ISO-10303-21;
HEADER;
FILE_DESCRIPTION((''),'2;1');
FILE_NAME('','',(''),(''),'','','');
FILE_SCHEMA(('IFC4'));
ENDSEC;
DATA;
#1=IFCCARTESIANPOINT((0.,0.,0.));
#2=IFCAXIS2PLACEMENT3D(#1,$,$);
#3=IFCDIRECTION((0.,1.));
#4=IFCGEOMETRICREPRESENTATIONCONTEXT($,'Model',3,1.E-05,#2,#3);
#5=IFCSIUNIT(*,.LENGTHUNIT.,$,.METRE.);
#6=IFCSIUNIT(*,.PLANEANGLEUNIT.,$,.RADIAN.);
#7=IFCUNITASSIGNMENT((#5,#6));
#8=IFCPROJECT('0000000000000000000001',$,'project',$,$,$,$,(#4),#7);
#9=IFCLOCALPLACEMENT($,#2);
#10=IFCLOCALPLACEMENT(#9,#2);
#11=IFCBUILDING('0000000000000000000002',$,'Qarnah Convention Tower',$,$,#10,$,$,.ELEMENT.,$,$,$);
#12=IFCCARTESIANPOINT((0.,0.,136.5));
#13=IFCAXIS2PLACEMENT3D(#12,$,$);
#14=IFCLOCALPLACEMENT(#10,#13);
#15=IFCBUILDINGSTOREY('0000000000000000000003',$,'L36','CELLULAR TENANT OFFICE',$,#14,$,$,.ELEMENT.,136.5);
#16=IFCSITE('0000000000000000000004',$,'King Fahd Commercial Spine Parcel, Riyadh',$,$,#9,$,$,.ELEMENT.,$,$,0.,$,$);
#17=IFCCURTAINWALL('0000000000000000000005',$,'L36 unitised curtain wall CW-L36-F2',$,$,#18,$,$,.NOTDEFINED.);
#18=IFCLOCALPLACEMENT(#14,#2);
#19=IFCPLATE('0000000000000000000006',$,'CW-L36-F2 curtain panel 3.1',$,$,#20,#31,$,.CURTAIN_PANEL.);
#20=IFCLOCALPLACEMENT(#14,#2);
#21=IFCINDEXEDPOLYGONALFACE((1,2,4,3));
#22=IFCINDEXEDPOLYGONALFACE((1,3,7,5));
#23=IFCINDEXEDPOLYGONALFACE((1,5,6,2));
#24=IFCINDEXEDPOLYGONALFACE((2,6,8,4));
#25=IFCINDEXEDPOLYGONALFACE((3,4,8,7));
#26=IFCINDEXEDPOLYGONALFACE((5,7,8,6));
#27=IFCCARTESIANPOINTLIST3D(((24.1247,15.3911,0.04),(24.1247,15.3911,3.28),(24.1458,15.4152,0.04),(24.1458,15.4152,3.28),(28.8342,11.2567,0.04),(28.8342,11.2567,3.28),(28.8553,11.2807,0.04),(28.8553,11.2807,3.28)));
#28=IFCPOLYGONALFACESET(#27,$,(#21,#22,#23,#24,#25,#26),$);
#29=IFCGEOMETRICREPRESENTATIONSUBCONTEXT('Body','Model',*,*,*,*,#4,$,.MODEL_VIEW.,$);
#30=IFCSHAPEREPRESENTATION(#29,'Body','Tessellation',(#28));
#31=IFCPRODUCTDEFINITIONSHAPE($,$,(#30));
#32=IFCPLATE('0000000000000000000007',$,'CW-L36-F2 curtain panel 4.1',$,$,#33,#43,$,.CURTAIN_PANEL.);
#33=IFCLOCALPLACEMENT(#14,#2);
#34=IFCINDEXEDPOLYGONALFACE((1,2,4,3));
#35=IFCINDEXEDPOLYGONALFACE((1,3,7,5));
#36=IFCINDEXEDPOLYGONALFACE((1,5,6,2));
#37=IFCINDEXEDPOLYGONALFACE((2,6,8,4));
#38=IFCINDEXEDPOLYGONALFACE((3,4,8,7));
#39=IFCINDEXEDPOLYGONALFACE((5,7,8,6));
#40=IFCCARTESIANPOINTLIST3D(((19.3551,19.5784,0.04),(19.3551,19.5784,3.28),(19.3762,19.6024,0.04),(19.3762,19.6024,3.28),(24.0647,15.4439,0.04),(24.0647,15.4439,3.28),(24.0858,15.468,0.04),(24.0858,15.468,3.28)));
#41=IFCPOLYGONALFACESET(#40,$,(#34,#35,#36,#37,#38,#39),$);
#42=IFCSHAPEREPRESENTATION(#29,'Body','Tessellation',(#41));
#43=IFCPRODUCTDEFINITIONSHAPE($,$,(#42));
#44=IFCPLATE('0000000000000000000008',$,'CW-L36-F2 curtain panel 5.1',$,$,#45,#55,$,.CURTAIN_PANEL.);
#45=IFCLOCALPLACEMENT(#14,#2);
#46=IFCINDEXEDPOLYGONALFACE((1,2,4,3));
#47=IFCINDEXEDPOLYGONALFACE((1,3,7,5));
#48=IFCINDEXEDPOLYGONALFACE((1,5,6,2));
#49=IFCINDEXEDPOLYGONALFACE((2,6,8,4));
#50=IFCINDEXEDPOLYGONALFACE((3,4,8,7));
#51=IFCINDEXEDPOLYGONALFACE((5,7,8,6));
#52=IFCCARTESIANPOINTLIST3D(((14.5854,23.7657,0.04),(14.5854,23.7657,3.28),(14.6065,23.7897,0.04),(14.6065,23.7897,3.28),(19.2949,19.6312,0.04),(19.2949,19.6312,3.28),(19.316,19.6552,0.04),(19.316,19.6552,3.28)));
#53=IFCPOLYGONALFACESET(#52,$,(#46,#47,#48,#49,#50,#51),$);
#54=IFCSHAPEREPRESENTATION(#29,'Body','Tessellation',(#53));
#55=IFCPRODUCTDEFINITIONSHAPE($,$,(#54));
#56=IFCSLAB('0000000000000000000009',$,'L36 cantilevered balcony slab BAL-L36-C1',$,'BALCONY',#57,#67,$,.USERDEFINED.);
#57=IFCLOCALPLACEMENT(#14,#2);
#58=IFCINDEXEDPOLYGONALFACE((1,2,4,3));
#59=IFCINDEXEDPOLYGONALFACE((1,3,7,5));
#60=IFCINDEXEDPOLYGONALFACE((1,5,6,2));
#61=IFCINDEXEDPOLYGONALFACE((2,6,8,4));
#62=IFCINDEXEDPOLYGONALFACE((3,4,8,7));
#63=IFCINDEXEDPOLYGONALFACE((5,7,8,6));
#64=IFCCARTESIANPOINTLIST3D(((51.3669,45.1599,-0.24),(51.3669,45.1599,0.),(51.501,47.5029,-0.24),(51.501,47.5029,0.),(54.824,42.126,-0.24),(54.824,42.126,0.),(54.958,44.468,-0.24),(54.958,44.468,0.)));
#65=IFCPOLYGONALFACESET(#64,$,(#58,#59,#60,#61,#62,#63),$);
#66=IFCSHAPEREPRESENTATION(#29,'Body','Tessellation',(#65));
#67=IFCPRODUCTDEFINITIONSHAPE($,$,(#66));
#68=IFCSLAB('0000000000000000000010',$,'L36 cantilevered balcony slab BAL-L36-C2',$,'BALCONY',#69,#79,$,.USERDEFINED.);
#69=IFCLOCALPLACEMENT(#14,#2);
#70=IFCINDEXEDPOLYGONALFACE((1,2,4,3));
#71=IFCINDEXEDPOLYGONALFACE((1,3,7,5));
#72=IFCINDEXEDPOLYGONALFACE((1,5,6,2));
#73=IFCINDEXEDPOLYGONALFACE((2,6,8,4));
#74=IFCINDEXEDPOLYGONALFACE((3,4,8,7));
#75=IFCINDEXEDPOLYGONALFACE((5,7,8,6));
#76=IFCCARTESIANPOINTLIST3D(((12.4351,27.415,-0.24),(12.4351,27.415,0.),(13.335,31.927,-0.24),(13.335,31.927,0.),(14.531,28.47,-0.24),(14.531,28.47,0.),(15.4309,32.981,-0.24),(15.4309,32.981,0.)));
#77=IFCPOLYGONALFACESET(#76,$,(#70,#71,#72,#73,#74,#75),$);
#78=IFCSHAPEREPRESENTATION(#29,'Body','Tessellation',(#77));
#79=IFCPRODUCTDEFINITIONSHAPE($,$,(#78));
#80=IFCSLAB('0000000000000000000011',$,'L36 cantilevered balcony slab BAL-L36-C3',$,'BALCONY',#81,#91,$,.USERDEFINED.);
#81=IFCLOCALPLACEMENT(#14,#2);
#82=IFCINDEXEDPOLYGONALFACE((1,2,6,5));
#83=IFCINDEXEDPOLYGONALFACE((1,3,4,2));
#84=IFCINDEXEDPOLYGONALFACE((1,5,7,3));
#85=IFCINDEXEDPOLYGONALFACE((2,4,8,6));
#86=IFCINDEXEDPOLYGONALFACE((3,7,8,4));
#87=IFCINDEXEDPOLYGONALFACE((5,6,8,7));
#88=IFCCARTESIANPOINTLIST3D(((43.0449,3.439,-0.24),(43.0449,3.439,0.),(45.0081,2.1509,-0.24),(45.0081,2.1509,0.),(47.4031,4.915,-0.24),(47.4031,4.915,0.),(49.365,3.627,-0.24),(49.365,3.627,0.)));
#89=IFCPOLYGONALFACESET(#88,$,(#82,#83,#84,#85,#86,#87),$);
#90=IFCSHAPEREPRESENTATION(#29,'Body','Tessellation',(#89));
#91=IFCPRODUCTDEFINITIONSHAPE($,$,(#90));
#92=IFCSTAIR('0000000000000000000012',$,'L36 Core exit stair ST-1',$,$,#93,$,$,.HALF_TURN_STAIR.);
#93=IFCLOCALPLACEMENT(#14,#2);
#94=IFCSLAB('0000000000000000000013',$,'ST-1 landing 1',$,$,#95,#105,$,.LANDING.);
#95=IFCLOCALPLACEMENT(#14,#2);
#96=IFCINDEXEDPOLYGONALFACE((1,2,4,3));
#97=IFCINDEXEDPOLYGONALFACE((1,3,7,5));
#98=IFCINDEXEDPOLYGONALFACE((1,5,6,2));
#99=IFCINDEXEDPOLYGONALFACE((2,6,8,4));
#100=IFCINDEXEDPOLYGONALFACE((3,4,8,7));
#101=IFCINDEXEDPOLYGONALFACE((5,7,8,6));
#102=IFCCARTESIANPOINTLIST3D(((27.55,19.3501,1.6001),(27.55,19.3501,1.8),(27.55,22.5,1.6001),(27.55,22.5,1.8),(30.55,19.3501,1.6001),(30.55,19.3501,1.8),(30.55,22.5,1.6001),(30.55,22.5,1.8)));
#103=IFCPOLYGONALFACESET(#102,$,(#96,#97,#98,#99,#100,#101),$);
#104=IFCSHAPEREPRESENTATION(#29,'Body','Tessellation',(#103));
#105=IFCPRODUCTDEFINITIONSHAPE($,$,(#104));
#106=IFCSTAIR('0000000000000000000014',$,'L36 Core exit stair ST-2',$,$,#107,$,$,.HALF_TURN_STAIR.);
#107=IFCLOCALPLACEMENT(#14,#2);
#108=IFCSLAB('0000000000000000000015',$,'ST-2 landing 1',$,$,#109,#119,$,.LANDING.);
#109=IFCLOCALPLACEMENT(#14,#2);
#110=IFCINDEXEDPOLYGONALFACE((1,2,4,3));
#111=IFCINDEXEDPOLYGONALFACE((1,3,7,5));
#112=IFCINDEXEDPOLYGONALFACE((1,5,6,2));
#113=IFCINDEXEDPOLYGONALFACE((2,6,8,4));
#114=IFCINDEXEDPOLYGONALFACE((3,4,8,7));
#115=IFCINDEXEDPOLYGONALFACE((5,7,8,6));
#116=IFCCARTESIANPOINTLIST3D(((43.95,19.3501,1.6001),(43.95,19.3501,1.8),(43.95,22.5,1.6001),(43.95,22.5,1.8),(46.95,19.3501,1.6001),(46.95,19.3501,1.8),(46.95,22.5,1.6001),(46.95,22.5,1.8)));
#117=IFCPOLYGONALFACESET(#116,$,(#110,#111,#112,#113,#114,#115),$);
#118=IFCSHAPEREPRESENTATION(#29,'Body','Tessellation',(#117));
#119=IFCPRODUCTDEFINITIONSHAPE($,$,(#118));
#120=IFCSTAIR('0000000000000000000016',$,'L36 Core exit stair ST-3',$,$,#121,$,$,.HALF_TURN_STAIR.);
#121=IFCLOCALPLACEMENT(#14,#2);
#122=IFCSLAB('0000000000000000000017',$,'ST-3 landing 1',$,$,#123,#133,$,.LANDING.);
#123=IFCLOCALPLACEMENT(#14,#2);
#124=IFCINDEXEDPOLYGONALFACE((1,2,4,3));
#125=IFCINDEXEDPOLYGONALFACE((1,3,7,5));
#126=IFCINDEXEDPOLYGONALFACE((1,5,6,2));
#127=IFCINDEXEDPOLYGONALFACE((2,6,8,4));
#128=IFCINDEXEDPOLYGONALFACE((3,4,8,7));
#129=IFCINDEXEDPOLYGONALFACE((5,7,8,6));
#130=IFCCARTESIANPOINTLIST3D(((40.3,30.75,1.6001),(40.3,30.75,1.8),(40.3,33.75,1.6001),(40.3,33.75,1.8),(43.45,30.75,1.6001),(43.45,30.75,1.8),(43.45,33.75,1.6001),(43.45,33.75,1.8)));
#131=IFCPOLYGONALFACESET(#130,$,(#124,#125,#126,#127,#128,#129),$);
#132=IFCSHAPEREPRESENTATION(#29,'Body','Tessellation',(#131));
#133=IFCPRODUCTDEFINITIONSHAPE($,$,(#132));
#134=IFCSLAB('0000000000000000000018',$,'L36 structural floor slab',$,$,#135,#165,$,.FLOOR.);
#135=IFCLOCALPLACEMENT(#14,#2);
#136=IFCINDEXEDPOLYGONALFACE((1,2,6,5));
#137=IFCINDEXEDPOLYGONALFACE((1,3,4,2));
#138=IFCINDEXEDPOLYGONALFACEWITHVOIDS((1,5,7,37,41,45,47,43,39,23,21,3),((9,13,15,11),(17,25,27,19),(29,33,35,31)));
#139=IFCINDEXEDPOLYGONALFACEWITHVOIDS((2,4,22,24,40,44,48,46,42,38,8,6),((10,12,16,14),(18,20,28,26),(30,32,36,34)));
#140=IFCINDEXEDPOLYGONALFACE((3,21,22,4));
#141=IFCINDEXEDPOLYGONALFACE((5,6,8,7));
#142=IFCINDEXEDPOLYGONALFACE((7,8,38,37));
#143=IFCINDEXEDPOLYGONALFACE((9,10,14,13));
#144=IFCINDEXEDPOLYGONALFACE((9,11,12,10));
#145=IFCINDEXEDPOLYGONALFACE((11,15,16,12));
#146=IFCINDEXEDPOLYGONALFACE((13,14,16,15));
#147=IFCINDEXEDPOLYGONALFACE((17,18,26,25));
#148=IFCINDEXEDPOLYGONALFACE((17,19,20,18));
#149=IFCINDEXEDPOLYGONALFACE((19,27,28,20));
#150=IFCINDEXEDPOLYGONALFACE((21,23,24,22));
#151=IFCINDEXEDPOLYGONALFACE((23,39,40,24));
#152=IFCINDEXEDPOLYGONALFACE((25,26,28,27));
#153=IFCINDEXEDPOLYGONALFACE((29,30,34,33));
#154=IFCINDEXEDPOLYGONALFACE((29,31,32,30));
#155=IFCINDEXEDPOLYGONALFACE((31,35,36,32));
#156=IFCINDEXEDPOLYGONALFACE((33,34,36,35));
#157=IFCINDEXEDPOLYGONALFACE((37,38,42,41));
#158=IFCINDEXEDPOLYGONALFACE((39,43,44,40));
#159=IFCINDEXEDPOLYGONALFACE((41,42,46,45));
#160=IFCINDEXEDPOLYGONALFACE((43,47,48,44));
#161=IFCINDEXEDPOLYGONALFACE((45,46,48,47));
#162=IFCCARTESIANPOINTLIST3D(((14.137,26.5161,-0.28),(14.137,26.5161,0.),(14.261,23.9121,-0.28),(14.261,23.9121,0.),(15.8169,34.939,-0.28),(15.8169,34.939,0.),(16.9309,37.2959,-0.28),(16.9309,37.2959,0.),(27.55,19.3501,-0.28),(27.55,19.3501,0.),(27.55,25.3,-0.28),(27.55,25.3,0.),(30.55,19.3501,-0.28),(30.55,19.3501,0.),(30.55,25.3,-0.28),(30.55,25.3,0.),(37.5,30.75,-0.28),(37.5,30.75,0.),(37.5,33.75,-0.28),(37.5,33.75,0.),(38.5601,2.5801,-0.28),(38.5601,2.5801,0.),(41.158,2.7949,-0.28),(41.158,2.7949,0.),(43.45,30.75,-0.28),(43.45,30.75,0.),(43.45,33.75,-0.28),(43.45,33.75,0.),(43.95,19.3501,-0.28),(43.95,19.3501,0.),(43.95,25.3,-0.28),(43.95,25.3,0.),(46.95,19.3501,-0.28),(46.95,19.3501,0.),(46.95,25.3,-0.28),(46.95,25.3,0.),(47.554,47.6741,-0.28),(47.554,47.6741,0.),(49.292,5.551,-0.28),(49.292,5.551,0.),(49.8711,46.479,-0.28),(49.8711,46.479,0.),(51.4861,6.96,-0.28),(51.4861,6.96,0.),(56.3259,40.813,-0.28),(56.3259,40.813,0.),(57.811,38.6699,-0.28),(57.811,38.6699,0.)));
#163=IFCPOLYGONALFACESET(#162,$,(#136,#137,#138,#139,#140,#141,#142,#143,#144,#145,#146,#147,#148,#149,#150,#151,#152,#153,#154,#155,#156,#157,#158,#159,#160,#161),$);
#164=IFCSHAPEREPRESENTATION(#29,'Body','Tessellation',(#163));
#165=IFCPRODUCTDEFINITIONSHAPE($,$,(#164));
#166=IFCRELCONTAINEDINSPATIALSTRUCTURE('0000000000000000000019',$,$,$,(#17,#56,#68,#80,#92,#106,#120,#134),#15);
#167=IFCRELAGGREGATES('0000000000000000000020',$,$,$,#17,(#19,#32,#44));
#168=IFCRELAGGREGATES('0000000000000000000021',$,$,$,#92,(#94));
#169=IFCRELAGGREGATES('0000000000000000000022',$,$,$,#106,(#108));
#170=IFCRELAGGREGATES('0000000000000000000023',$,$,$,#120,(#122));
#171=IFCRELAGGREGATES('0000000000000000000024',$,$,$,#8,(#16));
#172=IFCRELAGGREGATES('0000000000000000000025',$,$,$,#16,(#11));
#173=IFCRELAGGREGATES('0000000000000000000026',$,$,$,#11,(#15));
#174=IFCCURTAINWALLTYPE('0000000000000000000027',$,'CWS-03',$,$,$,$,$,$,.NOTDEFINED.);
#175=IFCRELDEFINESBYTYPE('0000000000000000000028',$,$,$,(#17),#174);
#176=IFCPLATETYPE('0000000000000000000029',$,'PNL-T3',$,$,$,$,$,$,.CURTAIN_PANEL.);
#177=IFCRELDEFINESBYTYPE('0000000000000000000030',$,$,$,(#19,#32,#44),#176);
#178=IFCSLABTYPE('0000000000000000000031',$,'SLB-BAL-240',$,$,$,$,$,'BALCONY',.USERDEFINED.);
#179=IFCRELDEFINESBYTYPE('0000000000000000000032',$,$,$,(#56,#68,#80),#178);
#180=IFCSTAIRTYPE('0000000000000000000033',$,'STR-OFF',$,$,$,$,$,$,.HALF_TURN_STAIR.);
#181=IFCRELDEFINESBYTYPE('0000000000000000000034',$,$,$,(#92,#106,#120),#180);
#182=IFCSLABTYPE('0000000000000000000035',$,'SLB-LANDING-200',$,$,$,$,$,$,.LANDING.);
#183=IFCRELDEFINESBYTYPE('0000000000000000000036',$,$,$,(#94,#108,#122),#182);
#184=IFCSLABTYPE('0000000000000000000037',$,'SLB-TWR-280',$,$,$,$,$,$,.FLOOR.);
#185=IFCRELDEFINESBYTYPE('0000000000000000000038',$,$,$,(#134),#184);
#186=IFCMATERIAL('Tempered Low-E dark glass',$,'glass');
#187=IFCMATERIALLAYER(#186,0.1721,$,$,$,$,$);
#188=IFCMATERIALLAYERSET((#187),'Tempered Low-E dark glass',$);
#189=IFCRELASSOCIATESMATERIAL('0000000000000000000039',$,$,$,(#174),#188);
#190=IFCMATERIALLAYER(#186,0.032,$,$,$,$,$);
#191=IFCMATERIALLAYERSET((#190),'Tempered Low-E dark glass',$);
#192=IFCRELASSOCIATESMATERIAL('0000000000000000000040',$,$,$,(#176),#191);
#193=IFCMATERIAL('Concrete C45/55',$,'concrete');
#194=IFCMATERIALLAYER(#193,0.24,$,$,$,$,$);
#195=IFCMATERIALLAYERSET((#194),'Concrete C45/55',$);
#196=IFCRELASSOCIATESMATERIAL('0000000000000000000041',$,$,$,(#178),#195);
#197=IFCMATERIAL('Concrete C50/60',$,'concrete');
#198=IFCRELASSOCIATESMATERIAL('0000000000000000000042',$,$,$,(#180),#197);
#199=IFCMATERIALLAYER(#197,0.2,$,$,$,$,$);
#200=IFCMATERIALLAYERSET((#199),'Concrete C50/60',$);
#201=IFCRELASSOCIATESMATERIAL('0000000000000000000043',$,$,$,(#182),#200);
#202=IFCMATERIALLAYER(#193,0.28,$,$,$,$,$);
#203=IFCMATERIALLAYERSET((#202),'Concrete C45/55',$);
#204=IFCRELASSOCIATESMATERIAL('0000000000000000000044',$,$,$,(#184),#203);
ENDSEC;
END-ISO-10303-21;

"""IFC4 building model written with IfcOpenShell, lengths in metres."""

from ifc_helpers import new_model, si_unit, direction, frame, origin, origin_2d, place, context, subcontext, project, spatial, polyline, rectangle, outline, extrude, material, layer, layer_set, type_object, element, aggregate, save


model = new_model("IFC4")

# Units and contexts
model_context = context("Model", 3, precision=1e-05, world=origin(), true_north=direction((0.0, 1.0)))
body_context = subcontext(model_context, "Body", "Model", "MODEL_VIEW")
ifc_project = project(units=[si_unit("LENGTHUNIT", "METRE"), si_unit("PLANEANGLEUNIT", "RADIAN")], contexts=[model_context])

# Site, building, storey
site_placement = place(None, origin())
site = spatial("IfcSite", under=ifc_project, at=site_placement, Name="King Fahd Commercial Spine Parcel, Riyadh", CompositionType="ELEMENT", RefElevation=0.0)
building_placement = place(site_placement, origin())
building = spatial("IfcBuilding", under=site, at=building_placement, Name="Qarnah Convention Tower", CompositionType="ELEMENT")
storey_placement = place(building_placement, frame((0.0, 0.0, 136.5)))
storey = spatial("IfcBuildingStorey", under=building, at=storey_placement, Name="L36", Description="CELLULAR TENANT OFFICE", CompositionType="ELEMENT", Elevation=136.5)

# Curtain wall, plates
ifc_material_1 = material(Name="Tempered Low-E dark glass", Category="glass")
ifc_layer_1 = layer(ifc_material_1, 0.1721)
ifc_layer_set_1 = layer_set([ifc_layer_1], Name="Tempered Low-E dark glass")
curtain_wall_type = type_object("IfcCurtainWallType", Name="CWS-03", PredefinedType="NOTDEFINED", material=ifc_layer_set_1)
curtain_wall_placement = place(storey_placement, origin())
curtain_wall = element("IfcCurtainWall", 1, at=curtain_wall_placement, inside=storey, type_object=curtain_wall_type, Name="L36 unitised curtain wall CW-L36-F2", PredefinedType="NOTDEFINED")
ifc_layer_2 = layer(ifc_material_1, 0.032)
ifc_layer_set_2 = layer_set([ifc_layer_2], Name="Tempered Low-E dark glass")
plate_type = type_object("IfcPlateType", Name="PNL-T3", PredefinedType="CURTAIN_PANEL", material=ifc_layer_set_2)
plate_1_placement = place(storey_placement, frame((26.49, 13.3359, 0.04), z_axis=(0.0, 0.0, 1.0), x_axis=(-0.751498, 0.659735, 0.0)))
plate_1 = element("IfcPlate", 2, at=plate_1_placement, type_object=plate_type, Name="CW-L36-F2 curtain panel 3.1", PredefinedType="CURTAIN_PANEL", context=body_context, shape_type="SweptSolid", body=[
    extrude(rectangle(XDim=6.2668, YDim=0.032, at=origin_2d()), origin(), (0.0, 0.0, 1.0), 3.24),
])
plate_2_placement = place(storey_placement, frame((21.7205, 17.5232, 0.04), z_axis=(0.0, 0.0, 1.0), x_axis=(-0.751498, 0.659735, 0.0)))
plate_2 = element("IfcPlate", 3, at=plate_2_placement, type_object=plate_type, Name="CW-L36-F2 curtain panel 4.1", PredefinedType="CURTAIN_PANEL", context=body_context, shape_type="SweptSolid", body=[
    extrude(rectangle(XDim=6.2668, YDim=0.032, at=origin_2d()), origin(), (0.0, 0.0, 1.0), 3.24),
])
plate_3_placement = place(storey_placement, frame((16.9507, 21.7104, 0.04), z_axis=(0.0, 0.0, 1.0), x_axis=(-0.751498, 0.659735, 0.0)))
plate_3 = element("IfcPlate", 4, at=plate_3_placement, type_object=plate_type, Name="CW-L36-F2 curtain panel 5.1", PredefinedType="CURTAIN_PANEL", context=body_context, shape_type="SweptSolid", body=[
    extrude(rectangle(XDim=6.2668, YDim=0.032, at=origin_2d()), origin(), (0.0, 0.0, 1.0), 3.24),
])
aggregate(curtain_wall, [plate_1, plate_2, plate_3])

# Slabs
ifc_material_2 = material(Name="Concrete C45/55", Category="concrete")
ifc_layer_3 = layer(ifc_material_2, 0.24)
ifc_layer_set_3 = layer_set([ifc_layer_3], Name="Concrete C45/55")
slab_type_1 = type_object("IfcSlabType", Name="SLB-BAL-240", ElementType="BALCONY", PredefinedType="USERDEFINED", material=ifc_layer_set_3)
slab_1_placement = place(storey_placement, frame((0.0, 0.0, -0.24)))
element("IfcSlab", 5, at=slab_1_placement, inside=storey, type_object=slab_type_1, Name="L36 cantilevered balcony slab BAL-L36-C1", ObjectType="BALCONY", PredefinedType="USERDEFINED", context=body_context, shape_type="SweptSolid", body=[
    extrude(outline(polyline([(51.501, 47.5029), (54.958, 44.468), (54.824, 42.126), (51.3669, 45.1599), (51.501, 47.5029)])), origin(), (0.0, 0.0, 1.0), 0.24),
])
slab_2_placement = place(storey_placement, frame((0.0, 0.0, -0.24)))
element("IfcSlab", 6, at=slab_2_placement, inside=storey, type_object=slab_type_1, Name="L36 cantilevered balcony slab BAL-L36-C2", ObjectType="BALCONY", PredefinedType="USERDEFINED", context=body_context, shape_type="SweptSolid", body=[
    extrude(outline(polyline([(12.4351, 27.415), (13.335, 31.927), (15.4309, 32.981), (14.531, 28.47), (12.4351, 27.415)])), origin(), (0.0, 0.0, 1.0), 0.24),
])
slab_3_placement = place(storey_placement, frame((0.0, 0.0, -0.24)))
element("IfcSlab", 7, at=slab_3_placement, inside=storey, type_object=slab_type_1, Name="L36 cantilevered balcony slab BAL-L36-C3", ObjectType="BALCONY", PredefinedType="USERDEFINED", context=body_context, shape_type="SweptSolid", body=[
    extrude(outline(polyline([(49.365, 3.627), (45.0081, 2.1509), (43.0449, 3.439), (47.4031, 4.915), (49.365, 3.627)])), origin(), (0.0, 0.0, 1.0), 0.24),
])

# Stairs, slabs
ifc_material_3 = material(Name="Concrete C50/60", Category="concrete")
stair_type = type_object("IfcStairType", Name="STR-OFF", PredefinedType="HALF_TURN_STAIR", material=ifc_material_3)
stair_1_placement = place(storey_placement, origin())
stair_1 = element("IfcStair", 8, at=stair_1_placement, inside=storey, type_object=stair_type, Name="L36 Core exit stair ST-1", PredefinedType="HALF_TURN_STAIR")
ifc_layer_4 = layer(ifc_material_3, 0.2)
ifc_layer_set_4 = layer_set([ifc_layer_4], Name="Concrete C50/60")
slab_type_2 = type_object("IfcSlabType", Name="SLB-LANDING-200", PredefinedType="LANDING", material=ifc_layer_set_4)
slab_4_placement = place(storey_placement, frame((0.0, 0.0, 1.6001)))
slab_4 = element("IfcSlab", 9, at=slab_4_placement, type_object=slab_type_2, Name="ST-1 landing 1", PredefinedType="LANDING", context=body_context, shape_type="SweptSolid", body=[
    extrude(outline(polyline([(27.55, 22.5), (27.55, 19.3501), (30.55, 19.3501), (30.55, 22.5), (27.55, 22.5)])), origin(), (0.0, 0.0, 1.0), 0.2),
])
aggregate(stair_1, [slab_4])
stair_2_placement = place(storey_placement, origin())
stair_2 = element("IfcStair", 10, at=stair_2_placement, inside=storey, type_object=stair_type, Name="L36 Core exit stair ST-2", PredefinedType="HALF_TURN_STAIR")
slab_5_placement = place(storey_placement, frame((0.0, 0.0, 1.6001)))
slab_5 = element("IfcSlab", 11, at=slab_5_placement, type_object=slab_type_2, Name="ST-2 landing 1", PredefinedType="LANDING", context=body_context, shape_type="SweptSolid", body=[
    extrude(outline(polyline([(43.95, 22.5), (43.95, 19.3501), (46.95, 19.3501), (46.95, 22.5), (43.95, 22.5)])), origin(), (0.0, 0.0, 1.0), 0.2),
])
aggregate(stair_2, [slab_5])
stair_3_placement = place(storey_placement, origin())
stair_3 = element("IfcStair", 12, at=stair_3_placement, inside=storey, type_object=stair_type, Name="L36 Core exit stair ST-3", PredefinedType="HALF_TURN_STAIR")
slab_6_placement = place(storey_placement, frame((0.0, 0.0, 1.6001)))
slab_6 = element("IfcSlab", 13, at=slab_6_placement, type_object=slab_type_2, Name="ST-3 landing 1", PredefinedType="LANDING", context=body_context, shape_type="SweptSolid", body=[
    extrude(outline(polyline([(40.3, 30.75), (43.45, 30.75), (43.45, 33.75), (40.3, 33.75), (40.3, 30.75)])), origin(), (0.0, 0.0, 1.0), 0.2),
])
aggregate(stair_3, [slab_6])

# Slab
ifc_layer_5 = layer(ifc_material_2, 0.28)
ifc_layer_set_5 = layer_set([ifc_layer_5], Name="Concrete C45/55")
slab_type_3 = type_object("IfcSlabType", Name="SLB-TWR-280", PredefinedType="FLOOR", material=ifc_layer_set_5)
slab_7_placement = place(storey_placement, frame((0.0, 0.0, -0.28)))
element("IfcSlab", 14, at=slab_7_placement, inside=storey, type_object=slab_type_3, Name="L36 structural floor slab", PredefinedType="FLOOR", context=body_context, shape_type="SweptSolid", body=[
    extrude(outline(polyline([(47.554, 47.6741), (16.9309, 37.2959), (15.8169, 34.939), (14.137, 26.5161), (14.261, 23.9121), (38.5601, 2.5801), (41.158, 2.7949), (49.292, 5.551), (51.4861, 6.96), (57.811, 38.6699), (56.3259, 40.813), (49.8711, 46.479), (47.554, 47.6741)]), holes=[polyline([(27.55, 25.3), (27.55, 19.3501), (30.55, 19.3501), (30.55, 25.3), (27.55, 25.3)]), polyline([(43.95, 25.3), (43.95, 19.3501), (46.95, 19.3501), (46.95, 25.3), (43.95, 25.3)]), polyline([(37.5, 30.75), (43.45, 30.75), (43.45, 33.75), (37.5, 33.75), (37.5, 30.75)])]), origin(), (0.0, 0.0, 1.0), 0.28),
])

save(model, "model.ifc")
